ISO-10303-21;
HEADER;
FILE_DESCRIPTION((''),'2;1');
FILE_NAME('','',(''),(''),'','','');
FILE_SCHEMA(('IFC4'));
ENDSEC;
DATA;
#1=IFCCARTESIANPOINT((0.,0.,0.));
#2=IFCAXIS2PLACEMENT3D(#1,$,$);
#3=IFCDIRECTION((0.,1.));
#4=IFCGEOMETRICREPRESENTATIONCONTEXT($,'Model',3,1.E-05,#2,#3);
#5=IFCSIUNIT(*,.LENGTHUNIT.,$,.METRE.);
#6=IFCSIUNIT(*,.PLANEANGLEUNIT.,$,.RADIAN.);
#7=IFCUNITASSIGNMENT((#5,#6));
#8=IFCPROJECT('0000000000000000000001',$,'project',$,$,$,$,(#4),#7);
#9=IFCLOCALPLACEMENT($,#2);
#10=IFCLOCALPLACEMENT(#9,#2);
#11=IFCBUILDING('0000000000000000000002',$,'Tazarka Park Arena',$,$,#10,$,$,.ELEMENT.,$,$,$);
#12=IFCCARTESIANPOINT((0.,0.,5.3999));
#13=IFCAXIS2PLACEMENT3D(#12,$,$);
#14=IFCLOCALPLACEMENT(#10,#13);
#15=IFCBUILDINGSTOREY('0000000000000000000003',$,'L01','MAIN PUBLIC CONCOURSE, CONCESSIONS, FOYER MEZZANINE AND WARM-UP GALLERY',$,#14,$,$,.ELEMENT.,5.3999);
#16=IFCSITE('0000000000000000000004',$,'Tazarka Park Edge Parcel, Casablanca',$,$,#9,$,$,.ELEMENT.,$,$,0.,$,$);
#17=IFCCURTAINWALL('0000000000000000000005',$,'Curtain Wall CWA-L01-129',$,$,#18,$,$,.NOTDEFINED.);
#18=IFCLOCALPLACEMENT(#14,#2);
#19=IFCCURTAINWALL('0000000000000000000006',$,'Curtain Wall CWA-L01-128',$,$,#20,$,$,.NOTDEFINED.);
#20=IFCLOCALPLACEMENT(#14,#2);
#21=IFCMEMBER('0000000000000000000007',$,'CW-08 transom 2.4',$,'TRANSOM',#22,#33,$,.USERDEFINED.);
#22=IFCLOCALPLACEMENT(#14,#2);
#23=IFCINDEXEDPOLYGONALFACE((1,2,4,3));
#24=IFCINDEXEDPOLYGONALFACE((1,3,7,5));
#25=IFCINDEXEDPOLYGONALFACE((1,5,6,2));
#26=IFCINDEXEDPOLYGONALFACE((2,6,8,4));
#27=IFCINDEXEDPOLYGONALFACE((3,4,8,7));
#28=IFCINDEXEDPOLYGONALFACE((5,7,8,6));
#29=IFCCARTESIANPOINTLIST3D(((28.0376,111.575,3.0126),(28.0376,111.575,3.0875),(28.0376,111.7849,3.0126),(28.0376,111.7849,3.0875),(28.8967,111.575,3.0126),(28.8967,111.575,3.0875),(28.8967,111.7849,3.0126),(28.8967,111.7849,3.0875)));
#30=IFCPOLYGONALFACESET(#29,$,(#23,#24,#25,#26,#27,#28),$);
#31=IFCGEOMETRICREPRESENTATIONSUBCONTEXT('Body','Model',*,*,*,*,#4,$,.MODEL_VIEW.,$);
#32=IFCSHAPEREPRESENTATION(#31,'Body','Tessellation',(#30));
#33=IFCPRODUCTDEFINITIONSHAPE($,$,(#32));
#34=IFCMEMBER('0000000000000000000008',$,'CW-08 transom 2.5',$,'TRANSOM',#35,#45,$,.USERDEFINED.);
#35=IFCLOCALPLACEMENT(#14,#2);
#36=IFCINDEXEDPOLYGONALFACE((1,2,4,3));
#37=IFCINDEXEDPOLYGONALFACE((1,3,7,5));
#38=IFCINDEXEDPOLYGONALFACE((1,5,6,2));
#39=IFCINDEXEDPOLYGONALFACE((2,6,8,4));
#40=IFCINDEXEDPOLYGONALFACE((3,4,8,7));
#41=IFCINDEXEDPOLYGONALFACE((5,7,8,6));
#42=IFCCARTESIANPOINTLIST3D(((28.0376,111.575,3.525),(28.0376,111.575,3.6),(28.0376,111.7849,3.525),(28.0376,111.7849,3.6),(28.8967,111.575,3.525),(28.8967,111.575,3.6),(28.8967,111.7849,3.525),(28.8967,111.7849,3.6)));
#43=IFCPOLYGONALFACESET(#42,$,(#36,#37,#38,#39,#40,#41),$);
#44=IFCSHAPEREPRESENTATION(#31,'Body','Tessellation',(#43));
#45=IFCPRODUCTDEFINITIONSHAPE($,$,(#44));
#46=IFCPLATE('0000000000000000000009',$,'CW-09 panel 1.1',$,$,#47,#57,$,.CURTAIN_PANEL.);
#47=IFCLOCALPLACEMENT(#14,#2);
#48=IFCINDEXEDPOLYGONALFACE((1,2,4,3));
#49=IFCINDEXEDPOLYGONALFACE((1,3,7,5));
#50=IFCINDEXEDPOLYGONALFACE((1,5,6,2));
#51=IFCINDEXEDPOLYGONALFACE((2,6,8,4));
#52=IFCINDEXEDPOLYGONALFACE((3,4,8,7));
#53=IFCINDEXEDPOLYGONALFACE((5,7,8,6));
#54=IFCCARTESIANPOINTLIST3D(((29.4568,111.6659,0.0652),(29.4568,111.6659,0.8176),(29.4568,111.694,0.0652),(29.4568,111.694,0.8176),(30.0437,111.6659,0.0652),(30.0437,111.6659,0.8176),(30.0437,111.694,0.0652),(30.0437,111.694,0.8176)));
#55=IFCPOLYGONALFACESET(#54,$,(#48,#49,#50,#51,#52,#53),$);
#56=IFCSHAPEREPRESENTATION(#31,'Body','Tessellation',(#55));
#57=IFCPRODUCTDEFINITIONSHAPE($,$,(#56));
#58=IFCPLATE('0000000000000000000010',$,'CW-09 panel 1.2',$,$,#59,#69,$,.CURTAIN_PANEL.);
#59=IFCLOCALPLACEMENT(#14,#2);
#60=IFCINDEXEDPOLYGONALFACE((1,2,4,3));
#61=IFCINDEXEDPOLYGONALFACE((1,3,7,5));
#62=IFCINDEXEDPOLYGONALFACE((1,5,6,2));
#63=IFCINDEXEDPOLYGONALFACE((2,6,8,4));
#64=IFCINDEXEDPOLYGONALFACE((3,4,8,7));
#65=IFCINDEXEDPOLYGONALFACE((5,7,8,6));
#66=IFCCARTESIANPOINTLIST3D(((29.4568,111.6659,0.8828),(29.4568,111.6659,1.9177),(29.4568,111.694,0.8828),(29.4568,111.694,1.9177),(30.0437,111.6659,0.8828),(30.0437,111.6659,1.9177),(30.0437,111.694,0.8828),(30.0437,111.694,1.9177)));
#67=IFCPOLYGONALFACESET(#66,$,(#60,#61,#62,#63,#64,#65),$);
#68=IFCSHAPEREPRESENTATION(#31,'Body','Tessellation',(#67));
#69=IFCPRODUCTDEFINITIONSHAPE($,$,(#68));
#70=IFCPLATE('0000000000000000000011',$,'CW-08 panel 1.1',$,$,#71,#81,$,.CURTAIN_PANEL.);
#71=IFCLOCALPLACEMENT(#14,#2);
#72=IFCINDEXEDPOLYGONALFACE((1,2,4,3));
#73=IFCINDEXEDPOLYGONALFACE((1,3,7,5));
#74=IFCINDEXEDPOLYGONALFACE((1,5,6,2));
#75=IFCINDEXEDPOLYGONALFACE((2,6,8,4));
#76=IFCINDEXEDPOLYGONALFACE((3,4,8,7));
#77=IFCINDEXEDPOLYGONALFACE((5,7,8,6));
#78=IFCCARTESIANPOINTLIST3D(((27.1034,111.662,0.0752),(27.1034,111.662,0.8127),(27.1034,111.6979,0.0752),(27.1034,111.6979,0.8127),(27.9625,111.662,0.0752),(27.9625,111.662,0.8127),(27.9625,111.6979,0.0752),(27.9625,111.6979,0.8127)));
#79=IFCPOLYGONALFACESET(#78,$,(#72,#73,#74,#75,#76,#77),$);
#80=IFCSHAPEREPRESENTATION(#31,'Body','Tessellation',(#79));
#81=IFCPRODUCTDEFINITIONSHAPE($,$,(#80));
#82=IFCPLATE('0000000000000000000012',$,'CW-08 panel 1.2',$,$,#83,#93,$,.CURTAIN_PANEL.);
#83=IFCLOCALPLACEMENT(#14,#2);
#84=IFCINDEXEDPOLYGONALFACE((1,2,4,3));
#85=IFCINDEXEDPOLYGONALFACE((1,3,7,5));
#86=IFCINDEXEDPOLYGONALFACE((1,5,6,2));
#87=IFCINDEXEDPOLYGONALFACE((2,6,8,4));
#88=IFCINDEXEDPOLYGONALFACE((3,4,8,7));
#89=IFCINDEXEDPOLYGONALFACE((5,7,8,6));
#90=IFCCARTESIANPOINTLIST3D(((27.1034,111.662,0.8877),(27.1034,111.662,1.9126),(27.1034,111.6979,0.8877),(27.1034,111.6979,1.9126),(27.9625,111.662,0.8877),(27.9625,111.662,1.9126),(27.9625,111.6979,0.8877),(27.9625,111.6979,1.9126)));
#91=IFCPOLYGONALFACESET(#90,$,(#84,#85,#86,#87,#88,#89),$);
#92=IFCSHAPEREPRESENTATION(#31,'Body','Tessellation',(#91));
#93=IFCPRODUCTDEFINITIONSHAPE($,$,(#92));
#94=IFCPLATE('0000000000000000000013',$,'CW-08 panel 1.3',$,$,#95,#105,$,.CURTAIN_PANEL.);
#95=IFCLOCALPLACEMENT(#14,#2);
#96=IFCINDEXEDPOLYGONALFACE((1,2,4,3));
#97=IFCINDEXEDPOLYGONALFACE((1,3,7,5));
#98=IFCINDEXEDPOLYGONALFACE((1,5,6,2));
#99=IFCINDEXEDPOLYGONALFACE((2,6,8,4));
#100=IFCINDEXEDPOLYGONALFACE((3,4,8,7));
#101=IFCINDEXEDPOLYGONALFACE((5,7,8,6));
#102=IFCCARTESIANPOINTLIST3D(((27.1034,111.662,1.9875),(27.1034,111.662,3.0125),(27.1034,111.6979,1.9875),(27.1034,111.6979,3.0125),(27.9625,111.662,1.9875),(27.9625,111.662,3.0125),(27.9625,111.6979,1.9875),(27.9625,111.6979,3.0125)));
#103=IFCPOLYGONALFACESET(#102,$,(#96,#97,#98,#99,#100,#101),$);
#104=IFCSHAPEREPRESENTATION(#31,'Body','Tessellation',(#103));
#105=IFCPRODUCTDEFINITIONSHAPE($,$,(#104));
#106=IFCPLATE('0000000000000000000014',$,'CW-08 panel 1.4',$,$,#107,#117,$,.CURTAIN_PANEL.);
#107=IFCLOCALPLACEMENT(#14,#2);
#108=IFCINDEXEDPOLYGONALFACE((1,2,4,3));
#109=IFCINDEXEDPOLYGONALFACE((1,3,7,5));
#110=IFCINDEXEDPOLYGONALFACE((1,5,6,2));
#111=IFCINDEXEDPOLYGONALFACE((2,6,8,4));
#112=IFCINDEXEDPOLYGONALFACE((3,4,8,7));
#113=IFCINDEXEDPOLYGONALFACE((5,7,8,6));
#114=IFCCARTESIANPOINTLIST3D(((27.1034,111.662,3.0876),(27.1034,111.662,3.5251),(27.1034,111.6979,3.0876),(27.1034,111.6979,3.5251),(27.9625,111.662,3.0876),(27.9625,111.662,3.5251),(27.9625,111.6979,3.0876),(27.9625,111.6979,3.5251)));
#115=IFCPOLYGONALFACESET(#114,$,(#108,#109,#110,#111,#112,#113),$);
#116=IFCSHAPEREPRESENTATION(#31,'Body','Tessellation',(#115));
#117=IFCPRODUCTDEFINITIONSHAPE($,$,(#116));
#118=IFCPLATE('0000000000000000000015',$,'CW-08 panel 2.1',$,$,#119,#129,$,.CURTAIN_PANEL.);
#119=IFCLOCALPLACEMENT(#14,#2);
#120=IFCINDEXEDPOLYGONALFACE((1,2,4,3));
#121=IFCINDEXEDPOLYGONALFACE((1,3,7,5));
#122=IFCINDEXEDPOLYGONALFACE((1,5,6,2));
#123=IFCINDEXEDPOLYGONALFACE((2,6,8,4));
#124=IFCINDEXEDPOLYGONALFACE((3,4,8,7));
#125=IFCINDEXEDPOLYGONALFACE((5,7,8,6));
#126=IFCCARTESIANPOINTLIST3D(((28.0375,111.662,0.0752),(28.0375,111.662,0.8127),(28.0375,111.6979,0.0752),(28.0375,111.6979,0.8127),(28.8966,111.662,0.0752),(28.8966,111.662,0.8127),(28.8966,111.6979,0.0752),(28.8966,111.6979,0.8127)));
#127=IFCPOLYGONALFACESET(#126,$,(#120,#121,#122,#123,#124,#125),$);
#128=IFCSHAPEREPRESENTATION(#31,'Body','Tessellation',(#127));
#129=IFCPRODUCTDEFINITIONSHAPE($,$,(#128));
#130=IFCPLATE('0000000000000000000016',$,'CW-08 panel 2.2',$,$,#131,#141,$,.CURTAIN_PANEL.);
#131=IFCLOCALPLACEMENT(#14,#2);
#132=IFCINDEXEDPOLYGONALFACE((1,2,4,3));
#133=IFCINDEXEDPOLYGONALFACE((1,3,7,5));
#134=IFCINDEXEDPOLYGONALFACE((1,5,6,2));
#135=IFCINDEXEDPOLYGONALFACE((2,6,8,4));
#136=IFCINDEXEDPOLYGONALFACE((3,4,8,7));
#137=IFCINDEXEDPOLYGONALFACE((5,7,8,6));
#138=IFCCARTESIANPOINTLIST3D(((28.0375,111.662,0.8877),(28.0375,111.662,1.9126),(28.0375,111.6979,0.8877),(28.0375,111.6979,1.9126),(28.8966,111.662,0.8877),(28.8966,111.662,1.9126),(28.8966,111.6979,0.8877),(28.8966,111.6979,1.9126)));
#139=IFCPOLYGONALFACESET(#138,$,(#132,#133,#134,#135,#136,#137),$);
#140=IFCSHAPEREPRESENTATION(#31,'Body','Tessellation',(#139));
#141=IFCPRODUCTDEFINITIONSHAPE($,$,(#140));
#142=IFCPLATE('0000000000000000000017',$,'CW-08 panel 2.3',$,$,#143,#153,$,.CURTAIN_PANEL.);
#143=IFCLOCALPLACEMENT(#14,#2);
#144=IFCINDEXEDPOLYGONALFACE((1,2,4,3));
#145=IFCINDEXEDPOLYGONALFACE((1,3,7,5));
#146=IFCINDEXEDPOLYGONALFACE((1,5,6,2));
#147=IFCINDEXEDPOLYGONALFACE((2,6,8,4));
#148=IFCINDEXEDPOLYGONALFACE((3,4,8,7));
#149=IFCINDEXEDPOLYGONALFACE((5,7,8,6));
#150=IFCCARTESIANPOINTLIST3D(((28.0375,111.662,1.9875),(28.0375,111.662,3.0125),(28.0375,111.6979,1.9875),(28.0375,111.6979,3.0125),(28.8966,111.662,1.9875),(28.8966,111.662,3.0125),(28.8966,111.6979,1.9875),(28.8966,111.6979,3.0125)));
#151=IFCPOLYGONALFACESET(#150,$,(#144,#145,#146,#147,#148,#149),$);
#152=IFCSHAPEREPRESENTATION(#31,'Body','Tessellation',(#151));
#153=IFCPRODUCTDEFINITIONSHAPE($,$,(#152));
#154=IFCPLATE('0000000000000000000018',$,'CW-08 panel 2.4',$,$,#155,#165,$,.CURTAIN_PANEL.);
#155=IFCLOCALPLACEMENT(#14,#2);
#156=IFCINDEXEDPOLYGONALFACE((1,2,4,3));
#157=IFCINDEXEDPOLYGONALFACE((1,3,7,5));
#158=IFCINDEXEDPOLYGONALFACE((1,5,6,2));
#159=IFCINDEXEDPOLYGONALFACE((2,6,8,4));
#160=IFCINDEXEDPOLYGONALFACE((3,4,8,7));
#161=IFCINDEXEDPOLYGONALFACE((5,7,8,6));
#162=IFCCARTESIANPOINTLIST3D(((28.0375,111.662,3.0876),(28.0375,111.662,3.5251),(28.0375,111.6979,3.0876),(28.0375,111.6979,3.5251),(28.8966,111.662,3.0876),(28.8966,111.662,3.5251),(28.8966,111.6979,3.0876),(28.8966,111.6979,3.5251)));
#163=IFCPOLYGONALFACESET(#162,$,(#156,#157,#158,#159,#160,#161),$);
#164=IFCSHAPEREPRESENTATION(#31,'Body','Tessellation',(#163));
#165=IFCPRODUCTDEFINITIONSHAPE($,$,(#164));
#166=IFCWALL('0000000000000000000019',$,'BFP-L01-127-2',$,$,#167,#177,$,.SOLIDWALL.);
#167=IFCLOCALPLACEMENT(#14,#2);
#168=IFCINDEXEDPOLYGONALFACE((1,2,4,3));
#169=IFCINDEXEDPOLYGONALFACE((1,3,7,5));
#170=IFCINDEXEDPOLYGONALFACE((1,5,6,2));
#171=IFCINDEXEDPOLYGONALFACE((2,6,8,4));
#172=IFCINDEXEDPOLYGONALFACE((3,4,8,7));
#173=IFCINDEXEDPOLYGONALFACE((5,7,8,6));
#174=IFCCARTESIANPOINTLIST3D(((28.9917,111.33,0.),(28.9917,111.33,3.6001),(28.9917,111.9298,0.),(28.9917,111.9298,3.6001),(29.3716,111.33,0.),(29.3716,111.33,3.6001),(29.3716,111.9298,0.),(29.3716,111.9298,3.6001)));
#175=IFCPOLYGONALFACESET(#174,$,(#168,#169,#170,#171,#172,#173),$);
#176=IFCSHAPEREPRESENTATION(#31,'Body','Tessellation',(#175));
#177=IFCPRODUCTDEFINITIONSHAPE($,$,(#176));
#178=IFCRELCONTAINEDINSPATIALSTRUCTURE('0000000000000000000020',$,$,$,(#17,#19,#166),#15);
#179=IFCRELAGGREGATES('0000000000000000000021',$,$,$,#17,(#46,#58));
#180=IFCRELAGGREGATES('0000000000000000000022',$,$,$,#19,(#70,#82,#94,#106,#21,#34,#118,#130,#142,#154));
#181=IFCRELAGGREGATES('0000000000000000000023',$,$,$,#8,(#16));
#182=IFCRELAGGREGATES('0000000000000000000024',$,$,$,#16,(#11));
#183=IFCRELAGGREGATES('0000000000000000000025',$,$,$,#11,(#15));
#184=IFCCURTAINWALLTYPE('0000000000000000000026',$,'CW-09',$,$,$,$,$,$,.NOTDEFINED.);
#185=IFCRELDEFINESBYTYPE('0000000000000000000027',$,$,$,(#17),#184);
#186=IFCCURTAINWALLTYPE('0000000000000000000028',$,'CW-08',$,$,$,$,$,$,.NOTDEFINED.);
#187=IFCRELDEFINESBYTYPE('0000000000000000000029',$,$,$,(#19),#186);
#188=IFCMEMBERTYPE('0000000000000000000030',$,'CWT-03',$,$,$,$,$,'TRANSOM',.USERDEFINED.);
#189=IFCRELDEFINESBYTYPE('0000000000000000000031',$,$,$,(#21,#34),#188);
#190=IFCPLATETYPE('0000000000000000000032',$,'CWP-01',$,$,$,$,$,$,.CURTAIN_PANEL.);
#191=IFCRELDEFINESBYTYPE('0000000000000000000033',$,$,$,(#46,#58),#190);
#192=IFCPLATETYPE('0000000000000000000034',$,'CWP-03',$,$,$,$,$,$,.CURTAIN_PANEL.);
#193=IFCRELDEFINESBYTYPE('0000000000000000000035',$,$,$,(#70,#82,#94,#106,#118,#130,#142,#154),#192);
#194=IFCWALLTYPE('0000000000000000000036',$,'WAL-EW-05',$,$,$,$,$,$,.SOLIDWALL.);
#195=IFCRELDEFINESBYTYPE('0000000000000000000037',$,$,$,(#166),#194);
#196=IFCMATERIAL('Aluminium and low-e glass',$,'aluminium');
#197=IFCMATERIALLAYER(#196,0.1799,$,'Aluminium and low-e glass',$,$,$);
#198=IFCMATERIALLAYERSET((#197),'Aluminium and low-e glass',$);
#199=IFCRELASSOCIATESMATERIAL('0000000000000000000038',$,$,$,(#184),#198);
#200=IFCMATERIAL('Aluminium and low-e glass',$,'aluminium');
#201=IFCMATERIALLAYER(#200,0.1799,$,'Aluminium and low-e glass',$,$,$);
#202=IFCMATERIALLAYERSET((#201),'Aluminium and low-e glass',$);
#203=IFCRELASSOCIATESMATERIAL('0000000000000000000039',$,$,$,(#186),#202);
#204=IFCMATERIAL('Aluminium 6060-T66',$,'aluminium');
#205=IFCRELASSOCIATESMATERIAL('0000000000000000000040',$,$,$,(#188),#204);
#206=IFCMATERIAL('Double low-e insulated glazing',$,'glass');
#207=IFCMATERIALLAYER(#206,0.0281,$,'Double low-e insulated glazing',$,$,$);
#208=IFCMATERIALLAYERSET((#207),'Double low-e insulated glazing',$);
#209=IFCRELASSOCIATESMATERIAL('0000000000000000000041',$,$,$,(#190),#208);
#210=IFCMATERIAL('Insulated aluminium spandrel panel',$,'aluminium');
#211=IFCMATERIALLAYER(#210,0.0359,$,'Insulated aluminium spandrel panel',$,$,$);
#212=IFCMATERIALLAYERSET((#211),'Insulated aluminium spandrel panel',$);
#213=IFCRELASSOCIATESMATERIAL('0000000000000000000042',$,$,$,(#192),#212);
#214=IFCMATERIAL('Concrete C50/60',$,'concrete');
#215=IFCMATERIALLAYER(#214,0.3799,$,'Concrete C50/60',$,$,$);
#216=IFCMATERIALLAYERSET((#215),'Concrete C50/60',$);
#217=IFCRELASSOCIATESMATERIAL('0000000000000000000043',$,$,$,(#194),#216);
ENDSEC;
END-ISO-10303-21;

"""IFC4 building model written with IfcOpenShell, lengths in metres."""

from ifc_helpers import new_model, si_unit, direction, frame, frame_2d, origin, origin_2d, place, context, subcontext, project, spatial, rectangle, extrude, material, layer, layer_set, material_profile, profile_set, type_object, element, aggregate, save


model = new_model("IFC4")

# Units and contexts
model_context = context("Model", 3, precision=1e-05, world=origin(), true_north=direction((0.0, 1.0)))
body_context = subcontext(model_context, "Body", "Model", "MODEL_VIEW")
ifc_project = project(units=[si_unit("LENGTHUNIT", "METRE"), si_unit("PLANEANGLEUNIT", "RADIAN")], contexts=[model_context])

# Site, building, storey
site_placement = place(None, origin())
site = spatial("IfcSite", under=ifc_project, at=site_placement, Name="Tazarka Park Edge Parcel, Casablanca", CompositionType="ELEMENT", RefElevation=0.0)
building_placement = place(site_placement, origin())
building = spatial("IfcBuilding", under=site, at=building_placement, Name="Tazarka Park Arena", CompositionType="ELEMENT")
storey_placement = place(building_placement, frame((0.0, 0.0, 5.3999)))
storey = spatial("IfcBuildingStorey", under=building, at=storey_placement, Name="L01", Description="MAIN PUBLIC CONCOURSE, CONCESSIONS, FOYER MEZZANINE AND WARM-UP GALLERY", CompositionType="ELEMENT", Elevation=5.3999)

# Curtain wall
ifc_material_1 = material(Name="Aluminium and low-e glass", Category="aluminium")
ifc_layer_1 = layer(ifc_material_1, 0.1799, Name="Aluminium and low-e glass")
ifc_layer_set_1 = layer_set([ifc_layer_1], Name="Aluminium and low-e glass")
curtain_wall_type_1 = type_object("IfcCurtainWallType", Name="CW-09", PredefinedType="NOTDEFINED", material=ifc_layer_set_1)
curtain_wall_1_placement = place(storey_placement, origin())
curtain_wall_1 = element("IfcCurtainWall", 1, at=curtain_wall_1_placement, inside=storey, type_object=curtain_wall_type_1, Name="Curtain Wall CWA-L01-129", PredefinedType="NOTDEFINED")

# Curtain wall
ifc_material_2 = material(Name="Aluminium and low-e glass", Category="aluminium")
ifc_layer_2 = layer(ifc_material_2, 0.1799, Name="Aluminium and low-e glass")
ifc_layer_set_2 = layer_set([ifc_layer_2], Name="Aluminium and low-e glass")
curtain_wall_type_2 = type_object("IfcCurtainWallType", Name="CW-08", PredefinedType="NOTDEFINED", material=ifc_layer_set_2)
curtain_wall_2_placement = place(storey_placement, origin())
curtain_wall_2 = element("IfcCurtainWall", 2, at=curtain_wall_2_placement, inside=storey, type_object=curtain_wall_type_2, Name="Curtain Wall CWA-L01-128", PredefinedType="NOTDEFINED")

# Members
ifc_material_3 = material(Name="Aluminium 6060-T66", Category="aluminium")
ifc_material_profile_1 = material_profile(ifc_material_3, rectangle(XDim=0.21, YDim=0.075, at=origin_2d()), Name="Aluminium 6060-T66")
ifc_profile_set_1 = profile_set([ifc_material_profile_1], Name="Aluminium 6060-T66")
member_type_1 = type_object("IfcMemberType", Name="CWT-03", ElementType="TRANSOM", PredefinedType="USERDEFINED", material=ifc_profile_set_1)
member_1_placement = place(storey_placement, frame((28.0376, 111.6799, 3.05), z_axis=(1.0, 0.0, 0.0), x_axis=(0.0, 1.0, 0.0)))
member_1 = element("IfcMember", 3, at=member_1_placement, type_object=member_type_1, Name="CW-08 transom 2.4", ObjectType="TRANSOM", PredefinedType="USERDEFINED", context=body_context, shape_type="SweptSolid", body=[
    extrude(rectangle(XDim=0.21, YDim=0.075, at=origin_2d()), origin(), (0.0, 0.0, 1.0), 0.8591),
])
member_2_placement = place(storey_placement, frame((28.0376, 111.6799, 3.5625), z_axis=(1.0, 0.0, 0.0), x_axis=(0.0, 1.0, 0.0)))
member_2 = element("IfcMember", 4, at=member_2_placement, type_object=member_type_1, Name="CW-08 transom 2.5", ObjectType="TRANSOM", PredefinedType="USERDEFINED", context=body_context, shape_type="SweptSolid", body=[
    extrude(rectangle(XDim=0.21, YDim=0.075, at=origin_2d()), origin(), (0.0, 0.0, 1.0), 0.8591),
])

# Plates
ifc_material_4 = material(Name="Double low-e insulated glazing", Category="glass")
ifc_layer_3 = layer(ifc_material_4, 0.0281, Name="Double low-e insulated glazing")
ifc_layer_set_3 = layer_set([ifc_layer_3], Name="Double low-e insulated glazing")
plate_type_1 = type_object("IfcPlateType", Name="CWP-01", PredefinedType="CURTAIN_PANEL", material=ifc_layer_set_3)
plate_1_placement = place(storey_placement, frame((29.7502, 111.6799, 0.0652), z_axis=(0.0, 0.0, 1.0), x_axis=(1.0, 0.0, 0.0)))
plate_1 = element("IfcPlate", 5, at=plate_1_placement, type_object=plate_type_1, Name="CW-09 panel 1.1", PredefinedType="CURTAIN_PANEL", context=body_context, shape_type="SweptSolid", body=[
    extrude(rectangle(XDim=0.5869, YDim=0.0281, at=origin_2d()), origin(), (0.0, 0.0, 1.0), 0.7524),
])
plate_2_placement = place(storey_placement, frame((29.7502, 111.6799, 0.8828), z_axis=(0.0, 0.0, 1.0), x_axis=(1.0, 0.0, 0.0)))
plate_2 = element("IfcPlate", 6, at=plate_2_placement, type_object=plate_type_1, Name="CW-09 panel 1.2", PredefinedType="CURTAIN_PANEL", context=body_context, shape_type="SweptSolid", body=[
    extrude(rectangle(XDim=0.5869, YDim=0.0281, at=origin_2d()), origin(), (0.0, 0.0, 1.0), 1.0349),
])
aggregate(curtain_wall_1, [plate_1, plate_2])
ifc_material_5 = material(Name="Insulated aluminium spandrel panel", Category="aluminium")
ifc_layer_4 = layer(ifc_material_5, 0.0359, Name="Insulated aluminium spandrel panel")
ifc_layer_set_4 = layer_set([ifc_layer_4], Name="Insulated aluminium spandrel panel")
plate_type_2 = type_object("IfcPlateType", Name="CWP-03", PredefinedType="CURTAIN_PANEL", material=ifc_layer_set_4)
plate_3_placement = place(storey_placement, frame((27.533, 111.6799, 0.0752), z_axis=(0.0, 0.0, 1.0), x_axis=(1.0, 0.0, 0.0)))
plate_3 = element("IfcPlate", 7, at=plate_3_placement, type_object=plate_type_2, Name="CW-08 panel 1.1", PredefinedType="CURTAIN_PANEL", context=body_context, shape_type="SweptSolid", body=[
    extrude(rectangle(XDim=0.8591, YDim=0.0359, at=origin_2d()), origin(), (0.0, 0.0, 1.0), 0.7375),
])
plate_4_placement = place(storey_placement, frame((27.533, 111.6799, 0.8877), z_axis=(0.0, 0.0, 1.0), x_axis=(1.0, 0.0, 0.0)))
plate_4 = element("IfcPlate", 8, at=plate_4_placement, type_object=plate_type_2, Name="CW-08 panel 1.2", PredefinedType="CURTAIN_PANEL", context=body_context, shape_type="SweptSolid", body=[
    extrude(rectangle(XDim=0.8591, YDim=0.0359, at=origin_2d()), origin(), (0.0, 0.0, 1.0), 1.0249),
])
plate_5_placement = place(storey_placement, frame((27.533, 111.6799, 1.9875), z_axis=(0.0, 0.0, 1.0), x_axis=(1.0, 0.0, 0.0)))
plate_5 = element("IfcPlate", 9, at=plate_5_placement, type_object=plate_type_2, Name="CW-08 panel 1.3", PredefinedType="CURTAIN_PANEL", context=body_context, shape_type="SweptSolid", body=[
    extrude(rectangle(XDim=0.8591, YDim=0.0359, at=origin_2d()), origin(), (0.0, 0.0, 1.0), 1.0249),
])
plate_6_placement = place(storey_placement, frame((27.533, 111.6799, 3.0876), z_axis=(0.0, 0.0, 1.0), x_axis=(1.0, 0.0, 0.0)))
plate_6 = element("IfcPlate", 10, at=plate_6_placement, type_object=plate_type_2, Name="CW-08 panel 1.4", PredefinedType="CURTAIN_PANEL", context=body_context, shape_type="SweptSolid", body=[
    extrude(rectangle(XDim=0.8591, YDim=0.0359, at=origin_2d()), origin(), (0.0, 0.0, 1.0), 0.4375),
])
plate_7_placement = place(storey_placement, frame((28.467, 111.6799, 0.0752), z_axis=(0.0, 0.0, 1.0), x_axis=(1.0, 0.0, 0.0)))
plate_7 = element("IfcPlate", 11, at=plate_7_placement, type_object=plate_type_2, Name="CW-08 panel 2.1", PredefinedType="CURTAIN_PANEL", context=body_context, shape_type="SweptSolid", body=[
    extrude(rectangle(XDim=0.8591, YDim=0.0359, at=origin_2d()), origin(), (0.0, 0.0, 1.0), 0.7375),
])
plate_8_placement = place(storey_placement, frame((28.467, 111.6799, 0.8877), z_axis=(0.0, 0.0, 1.0), x_axis=(1.0, 0.0, 0.0)))
plate_8 = element("IfcPlate", 12, at=plate_8_placement, type_object=plate_type_2, Name="CW-08 panel 2.2", PredefinedType="CURTAIN_PANEL", context=body_context, shape_type="SweptSolid", body=[
    extrude(rectangle(XDim=0.8591, YDim=0.0359, at=origin_2d()), origin(), (0.0, 0.0, 1.0), 1.0249),
])
plate_9_placement = place(storey_placement, frame((28.467, 111.6799, 1.9875), z_axis=(0.0, 0.0, 1.0), x_axis=(1.0, 0.0, 0.0)))
plate_9 = element("IfcPlate", 13, at=plate_9_placement, type_object=plate_type_2, Name="CW-08 panel 2.3", PredefinedType="CURTAIN_PANEL", context=body_context, shape_type="SweptSolid", body=[
    extrude(rectangle(XDim=0.8591, YDim=0.0359, at=origin_2d()), origin(), (0.0, 0.0, 1.0), 1.0249),
])
plate_10_placement = place(storey_placement, frame((28.467, 111.6799, 3.0876), z_axis=(0.0, 0.0, 1.0), x_axis=(1.0, 0.0, 0.0)))
plate_10 = element("IfcPlate", 14, at=plate_10_placement, type_object=plate_type_2, Name="CW-08 panel 2.4", PredefinedType="CURTAIN_PANEL", context=body_context, shape_type="SweptSolid", body=[
    extrude(rectangle(XDim=0.8591, YDim=0.0359, at=origin_2d()), origin(), (0.0, 0.0, 1.0), 0.4375),
])
aggregate(curtain_wall_2, [plate_3, plate_4, plate_5, plate_6, member_1, member_2, plate_7, plate_8, plate_9, plate_10])

# Wall
ifc_material_6 = material(Name="Concrete C50/60", Category="concrete")
ifc_layer_5 = layer(ifc_material_6, 0.3799, Name="Concrete C50/60")
ifc_layer_set_5 = layer_set([ifc_layer_5], Name="Concrete C50/60")
wall_type = type_object("IfcWallType", Name="WAL-EW-05", PredefinedType="SOLIDWALL", material=ifc_layer_set_5)
wall_placement = place(storey_placement, frame((29.1816, 111.3301, 0.0), z_axis=(0.0, 0.0, 1.0), x_axis=(0.0, 1.0, 0.0)))
element("IfcWall", 15, at=wall_placement, inside=storey, type_object=wall_type, Name="BFP-L01-127-2", PredefinedType="SOLIDWALL", context=body_context, shape_type="SweptSolid", body=[
    extrude(rectangle(XDim=0.5999, YDim=0.3799, at=frame_2d((0.2998, 0.0))), origin(), (0.0, 0.0, 1.0), 3.6001),
])

save(model, "model.ifc")
